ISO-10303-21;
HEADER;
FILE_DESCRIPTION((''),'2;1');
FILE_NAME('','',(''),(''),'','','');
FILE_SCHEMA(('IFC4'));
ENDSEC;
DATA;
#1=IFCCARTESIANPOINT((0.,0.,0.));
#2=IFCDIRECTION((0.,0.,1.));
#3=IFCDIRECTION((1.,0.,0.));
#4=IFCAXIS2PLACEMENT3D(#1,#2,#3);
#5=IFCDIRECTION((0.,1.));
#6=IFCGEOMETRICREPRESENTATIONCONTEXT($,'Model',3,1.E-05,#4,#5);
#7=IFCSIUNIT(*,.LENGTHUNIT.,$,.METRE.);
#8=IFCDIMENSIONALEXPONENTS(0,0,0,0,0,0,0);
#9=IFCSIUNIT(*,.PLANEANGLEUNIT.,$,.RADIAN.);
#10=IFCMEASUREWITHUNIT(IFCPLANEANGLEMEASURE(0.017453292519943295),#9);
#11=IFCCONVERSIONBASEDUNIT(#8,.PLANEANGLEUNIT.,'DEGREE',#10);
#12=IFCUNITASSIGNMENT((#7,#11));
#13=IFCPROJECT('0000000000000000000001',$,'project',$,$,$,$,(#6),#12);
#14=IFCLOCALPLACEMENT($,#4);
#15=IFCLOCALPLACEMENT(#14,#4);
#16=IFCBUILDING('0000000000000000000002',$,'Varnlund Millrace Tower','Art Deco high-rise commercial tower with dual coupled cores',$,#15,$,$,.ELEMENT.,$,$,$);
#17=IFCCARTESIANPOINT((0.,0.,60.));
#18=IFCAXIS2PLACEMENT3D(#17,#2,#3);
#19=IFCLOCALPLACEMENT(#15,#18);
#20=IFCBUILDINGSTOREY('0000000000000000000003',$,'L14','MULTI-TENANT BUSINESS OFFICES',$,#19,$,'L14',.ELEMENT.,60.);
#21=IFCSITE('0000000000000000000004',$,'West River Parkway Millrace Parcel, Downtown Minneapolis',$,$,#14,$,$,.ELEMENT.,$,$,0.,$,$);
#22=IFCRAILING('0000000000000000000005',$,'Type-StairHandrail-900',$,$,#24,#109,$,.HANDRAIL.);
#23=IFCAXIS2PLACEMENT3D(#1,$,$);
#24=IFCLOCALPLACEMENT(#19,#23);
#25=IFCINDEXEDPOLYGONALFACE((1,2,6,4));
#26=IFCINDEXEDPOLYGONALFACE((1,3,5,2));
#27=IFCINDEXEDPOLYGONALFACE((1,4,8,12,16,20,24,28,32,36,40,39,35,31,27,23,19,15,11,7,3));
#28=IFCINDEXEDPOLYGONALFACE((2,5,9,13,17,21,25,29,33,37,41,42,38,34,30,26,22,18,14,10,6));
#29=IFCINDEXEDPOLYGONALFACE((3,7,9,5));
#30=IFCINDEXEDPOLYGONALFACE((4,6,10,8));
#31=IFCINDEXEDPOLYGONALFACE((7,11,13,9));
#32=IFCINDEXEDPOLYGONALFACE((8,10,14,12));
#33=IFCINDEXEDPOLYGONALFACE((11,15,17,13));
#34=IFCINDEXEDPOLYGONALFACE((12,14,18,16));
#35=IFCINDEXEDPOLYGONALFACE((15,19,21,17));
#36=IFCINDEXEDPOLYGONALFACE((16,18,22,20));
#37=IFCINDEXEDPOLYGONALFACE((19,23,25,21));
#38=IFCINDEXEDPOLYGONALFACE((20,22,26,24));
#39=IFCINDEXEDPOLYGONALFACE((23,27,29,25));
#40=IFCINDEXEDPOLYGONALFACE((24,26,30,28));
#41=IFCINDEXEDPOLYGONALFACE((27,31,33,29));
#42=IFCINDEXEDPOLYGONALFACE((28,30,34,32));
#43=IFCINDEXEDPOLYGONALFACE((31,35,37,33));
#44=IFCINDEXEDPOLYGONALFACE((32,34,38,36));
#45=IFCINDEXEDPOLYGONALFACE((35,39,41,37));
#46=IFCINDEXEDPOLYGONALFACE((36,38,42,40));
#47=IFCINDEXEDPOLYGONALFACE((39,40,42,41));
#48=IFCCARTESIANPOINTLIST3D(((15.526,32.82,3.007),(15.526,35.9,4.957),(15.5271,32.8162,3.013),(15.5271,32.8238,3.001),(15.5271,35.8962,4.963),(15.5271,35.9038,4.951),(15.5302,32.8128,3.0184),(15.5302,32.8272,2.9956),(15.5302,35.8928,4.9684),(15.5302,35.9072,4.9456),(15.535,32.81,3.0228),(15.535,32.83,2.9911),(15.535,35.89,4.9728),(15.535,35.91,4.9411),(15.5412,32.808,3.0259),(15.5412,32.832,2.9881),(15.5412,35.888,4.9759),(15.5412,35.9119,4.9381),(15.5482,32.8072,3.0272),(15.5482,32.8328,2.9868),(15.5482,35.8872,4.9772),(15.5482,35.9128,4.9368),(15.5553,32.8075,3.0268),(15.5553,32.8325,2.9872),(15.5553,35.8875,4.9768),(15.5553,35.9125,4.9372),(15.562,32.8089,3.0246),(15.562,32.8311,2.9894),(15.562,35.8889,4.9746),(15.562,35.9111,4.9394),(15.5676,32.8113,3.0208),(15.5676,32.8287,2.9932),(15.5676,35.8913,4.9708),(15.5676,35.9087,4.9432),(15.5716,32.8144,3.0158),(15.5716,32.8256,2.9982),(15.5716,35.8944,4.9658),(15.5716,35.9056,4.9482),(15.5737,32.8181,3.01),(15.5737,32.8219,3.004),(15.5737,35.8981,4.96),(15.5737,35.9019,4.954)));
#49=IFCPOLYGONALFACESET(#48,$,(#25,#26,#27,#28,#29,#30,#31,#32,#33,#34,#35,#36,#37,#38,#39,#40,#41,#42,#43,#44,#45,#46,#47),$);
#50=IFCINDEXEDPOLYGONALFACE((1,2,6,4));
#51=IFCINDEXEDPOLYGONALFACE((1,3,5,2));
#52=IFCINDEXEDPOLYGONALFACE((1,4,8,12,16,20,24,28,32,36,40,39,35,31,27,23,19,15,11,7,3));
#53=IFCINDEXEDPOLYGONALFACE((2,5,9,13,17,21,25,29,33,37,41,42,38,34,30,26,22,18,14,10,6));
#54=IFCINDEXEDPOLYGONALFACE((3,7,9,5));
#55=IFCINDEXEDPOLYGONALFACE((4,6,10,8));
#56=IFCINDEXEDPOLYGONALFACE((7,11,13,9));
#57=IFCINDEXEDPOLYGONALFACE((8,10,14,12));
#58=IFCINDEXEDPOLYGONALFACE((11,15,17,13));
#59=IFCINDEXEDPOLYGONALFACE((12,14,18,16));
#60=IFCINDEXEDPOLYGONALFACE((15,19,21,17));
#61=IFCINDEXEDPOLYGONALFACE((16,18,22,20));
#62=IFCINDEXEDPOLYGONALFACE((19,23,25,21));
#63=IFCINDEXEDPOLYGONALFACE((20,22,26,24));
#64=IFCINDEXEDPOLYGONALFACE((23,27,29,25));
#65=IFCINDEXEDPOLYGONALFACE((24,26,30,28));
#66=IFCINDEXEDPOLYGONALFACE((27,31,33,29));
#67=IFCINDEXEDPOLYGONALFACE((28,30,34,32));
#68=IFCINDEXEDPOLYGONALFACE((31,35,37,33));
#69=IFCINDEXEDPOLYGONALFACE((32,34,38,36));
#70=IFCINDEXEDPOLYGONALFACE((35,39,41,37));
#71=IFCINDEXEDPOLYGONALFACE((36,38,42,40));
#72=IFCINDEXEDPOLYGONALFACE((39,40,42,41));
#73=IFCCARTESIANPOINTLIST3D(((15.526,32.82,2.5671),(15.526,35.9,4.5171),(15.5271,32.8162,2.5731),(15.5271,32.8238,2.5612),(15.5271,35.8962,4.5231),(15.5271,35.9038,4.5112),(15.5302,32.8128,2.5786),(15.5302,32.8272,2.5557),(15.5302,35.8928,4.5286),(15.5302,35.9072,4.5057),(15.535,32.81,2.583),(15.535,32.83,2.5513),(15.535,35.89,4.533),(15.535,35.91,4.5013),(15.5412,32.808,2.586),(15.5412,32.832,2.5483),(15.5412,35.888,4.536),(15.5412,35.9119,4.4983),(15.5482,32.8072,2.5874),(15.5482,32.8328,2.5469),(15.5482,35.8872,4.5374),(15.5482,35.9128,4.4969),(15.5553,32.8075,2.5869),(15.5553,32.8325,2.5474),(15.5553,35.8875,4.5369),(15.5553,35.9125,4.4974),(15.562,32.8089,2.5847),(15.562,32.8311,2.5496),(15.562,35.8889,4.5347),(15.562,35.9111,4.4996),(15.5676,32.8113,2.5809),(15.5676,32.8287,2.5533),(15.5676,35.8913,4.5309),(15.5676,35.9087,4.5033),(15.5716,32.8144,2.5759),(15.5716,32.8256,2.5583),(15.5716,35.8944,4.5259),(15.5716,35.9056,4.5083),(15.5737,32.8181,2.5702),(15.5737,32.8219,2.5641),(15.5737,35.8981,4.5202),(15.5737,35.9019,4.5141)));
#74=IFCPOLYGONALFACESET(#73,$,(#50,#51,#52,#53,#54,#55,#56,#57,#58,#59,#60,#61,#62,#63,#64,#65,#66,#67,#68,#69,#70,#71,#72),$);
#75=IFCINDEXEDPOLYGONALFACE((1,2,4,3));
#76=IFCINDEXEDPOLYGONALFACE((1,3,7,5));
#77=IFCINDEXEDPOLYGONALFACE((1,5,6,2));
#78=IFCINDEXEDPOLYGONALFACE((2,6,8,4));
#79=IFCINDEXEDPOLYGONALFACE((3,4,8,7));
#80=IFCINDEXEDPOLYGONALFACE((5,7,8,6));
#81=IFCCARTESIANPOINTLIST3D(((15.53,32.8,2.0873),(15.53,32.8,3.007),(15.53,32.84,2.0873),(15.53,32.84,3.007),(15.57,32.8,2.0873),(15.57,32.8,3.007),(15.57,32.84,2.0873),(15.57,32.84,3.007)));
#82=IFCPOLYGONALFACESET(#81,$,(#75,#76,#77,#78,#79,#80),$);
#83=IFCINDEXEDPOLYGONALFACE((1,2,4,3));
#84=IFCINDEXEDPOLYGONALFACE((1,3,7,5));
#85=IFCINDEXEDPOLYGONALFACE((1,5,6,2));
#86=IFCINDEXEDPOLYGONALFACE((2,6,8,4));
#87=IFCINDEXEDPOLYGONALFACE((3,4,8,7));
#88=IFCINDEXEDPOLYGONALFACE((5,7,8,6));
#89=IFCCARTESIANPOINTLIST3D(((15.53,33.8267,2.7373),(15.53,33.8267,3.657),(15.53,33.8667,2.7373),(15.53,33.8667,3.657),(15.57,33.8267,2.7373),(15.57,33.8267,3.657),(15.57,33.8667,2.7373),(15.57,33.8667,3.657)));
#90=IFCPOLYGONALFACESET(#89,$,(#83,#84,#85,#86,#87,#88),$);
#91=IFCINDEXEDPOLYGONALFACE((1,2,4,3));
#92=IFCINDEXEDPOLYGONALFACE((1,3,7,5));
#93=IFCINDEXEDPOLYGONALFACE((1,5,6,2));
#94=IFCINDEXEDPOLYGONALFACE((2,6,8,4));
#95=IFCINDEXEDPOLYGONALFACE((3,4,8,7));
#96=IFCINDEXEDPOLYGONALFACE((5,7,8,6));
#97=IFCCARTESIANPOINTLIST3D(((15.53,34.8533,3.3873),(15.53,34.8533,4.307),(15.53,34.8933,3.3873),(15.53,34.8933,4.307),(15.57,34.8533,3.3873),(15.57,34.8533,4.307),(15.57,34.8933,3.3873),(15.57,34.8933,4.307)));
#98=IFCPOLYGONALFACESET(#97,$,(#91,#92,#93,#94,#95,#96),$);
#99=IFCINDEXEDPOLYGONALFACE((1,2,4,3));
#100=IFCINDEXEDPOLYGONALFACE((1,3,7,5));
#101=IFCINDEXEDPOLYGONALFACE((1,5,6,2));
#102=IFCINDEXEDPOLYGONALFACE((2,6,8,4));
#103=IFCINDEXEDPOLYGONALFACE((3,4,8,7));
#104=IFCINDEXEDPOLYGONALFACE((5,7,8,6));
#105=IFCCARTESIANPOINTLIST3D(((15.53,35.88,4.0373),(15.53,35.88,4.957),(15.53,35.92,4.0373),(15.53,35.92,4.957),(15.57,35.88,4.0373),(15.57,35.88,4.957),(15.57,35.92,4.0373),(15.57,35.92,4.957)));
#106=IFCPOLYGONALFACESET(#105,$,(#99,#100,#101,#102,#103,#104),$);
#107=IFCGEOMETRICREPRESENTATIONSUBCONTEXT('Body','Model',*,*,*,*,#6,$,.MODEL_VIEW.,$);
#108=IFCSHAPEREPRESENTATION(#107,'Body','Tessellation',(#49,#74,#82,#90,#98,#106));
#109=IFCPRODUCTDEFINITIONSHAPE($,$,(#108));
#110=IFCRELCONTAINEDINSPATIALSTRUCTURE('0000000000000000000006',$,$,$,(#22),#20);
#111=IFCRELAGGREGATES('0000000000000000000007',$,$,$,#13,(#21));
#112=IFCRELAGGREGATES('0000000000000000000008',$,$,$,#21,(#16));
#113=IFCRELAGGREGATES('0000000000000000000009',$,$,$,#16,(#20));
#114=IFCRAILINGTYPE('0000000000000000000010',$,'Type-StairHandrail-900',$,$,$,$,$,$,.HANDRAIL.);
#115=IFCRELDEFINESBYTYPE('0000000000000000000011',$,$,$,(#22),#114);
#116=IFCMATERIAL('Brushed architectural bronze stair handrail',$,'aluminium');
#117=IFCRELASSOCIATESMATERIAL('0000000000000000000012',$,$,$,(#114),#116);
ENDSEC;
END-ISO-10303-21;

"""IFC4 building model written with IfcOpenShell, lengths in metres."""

from ifc_helpers import new_model, entity, si_unit, converted_unit, direction, frame, origin_with_axes, origin_2d_with_axis, place, context, subcontext, project, spatial, rectangle, circle, extrude, material, type_object, element, save


model = new_model("IFC4")

# Units and contexts
model_context = context("Model", 3, precision=1e-05, world=origin_with_axes(), true_north=direction((0.0, 1.0)))
body_context = subcontext(model_context, "Body", "Model", "MODEL_VIEW")
ifc_project = project(units=[si_unit("LENGTHUNIT", "METRE"), converted_unit("PLANEANGLEUNIT", "DEGREE", entity("IfcPlaneAngleMeasure", 0.017453292519943295), si_unit("PLANEANGLEUNIT", "RADIAN"), dimensions=[0, 0, 0, 0, 0, 0, 0])], contexts=[model_context])

# Site, building, storey
site_placement = place(None, origin_with_axes())
site = spatial("IfcSite", under=ifc_project, at=site_placement, Name="West River Parkway Millrace Parcel, Downtown Minneapolis", CompositionType="ELEMENT", RefElevation=0.0)
building_placement = place(site_placement, origin_with_axes())
building = spatial("IfcBuilding", under=site, at=building_placement, Name="Varnlund Millrace Tower", Description="Art Deco high-rise commercial tower with dual coupled cores", CompositionType="ELEMENT")
storey_placement = place(building_placement, frame((0.0, 0.0, 60.0), z_axis=(0.0, 0.0, 1.0), x_axis=(1.0, 0.0, 0.0)))
storey = spatial("IfcBuildingStorey", under=building, at=storey_placement, Name="L14", Description="MULTI-TENANT BUSINESS OFFICES", LongName="L14", CompositionType="ELEMENT", Elevation=60.0)

# Railing
ifc_material_1 = material(Name="Brushed architectural bronze stair handrail", Category="aluminium")
railing_type_1 = type_object("IfcRailingType", Name="Type-StairHandrail-900", PredefinedType="HANDRAIL", material=ifc_material_1)
railing_1_placement = place(storey_placement, frame((0.0, 0.0, -60.0), z_axis=(0.0, 0.0, 1.0), x_axis=(1.0, 0.0, 0.0)))
element("IfcRailing", 1, at=railing_1_placement, inside=storey, type_object=railing_type_1, Name="Type-StairHandrail-900", PredefinedType="HANDRAIL", context=body_context, shape_type="SweptSolid", body=[
    extrude(circle(Radius=0.024, at=origin_2d_with_axis()), frame((15.55, 32.82, 63.007), z_axis=(0.0, 0.844902, 0.534922), x_axis=(-1.0, 0.0, 0.0)), (0.0, 0.0, 1.0), 3.6454),
    extrude(circle(Radius=0.024, at=origin_2d_with_axis()), frame((15.55, 32.82, 62.5671), z_axis=(0.0, 0.844902, 0.534922), x_axis=(-1.0, 0.0, 0.0)), (0.0, 0.0, 1.0), 3.6454),
    extrude(rectangle(XDim=0.04, YDim=0.04, at=origin_2d_with_axis()), frame((15.55, 32.82, 62.0873), z_axis=(0.0, 0.0, 1.0), x_axis=(1.0, 0.0, 0.0)), (0.0, 0.0, 1.0), 0.9197),
    extrude(rectangle(XDim=0.04, YDim=0.04, at=origin_2d_with_axis()), frame((15.55, 33.8467, 62.7373), z_axis=(0.0, 0.0, 1.0), x_axis=(1.0, 0.0, 0.0)), (0.0, 0.0, 1.0), 0.9197),
    extrude(rectangle(XDim=0.04, YDim=0.04, at=origin_2d_with_axis()), frame((15.55, 34.8733, 63.3873), z_axis=(0.0, 0.0, 1.0), x_axis=(1.0, 0.0, 0.0)), (0.0, 0.0, 1.0), 0.9197),
    extrude(rectangle(XDim=0.04, YDim=0.04, at=origin_2d_with_axis()), frame((15.55, 35.9, 64.0373), z_axis=(0.0, 0.0, 1.0), x_axis=(1.0, 0.0, 0.0)), (0.0, 0.0, 1.0), 0.9197),
])

save(model, "model.ifc")
